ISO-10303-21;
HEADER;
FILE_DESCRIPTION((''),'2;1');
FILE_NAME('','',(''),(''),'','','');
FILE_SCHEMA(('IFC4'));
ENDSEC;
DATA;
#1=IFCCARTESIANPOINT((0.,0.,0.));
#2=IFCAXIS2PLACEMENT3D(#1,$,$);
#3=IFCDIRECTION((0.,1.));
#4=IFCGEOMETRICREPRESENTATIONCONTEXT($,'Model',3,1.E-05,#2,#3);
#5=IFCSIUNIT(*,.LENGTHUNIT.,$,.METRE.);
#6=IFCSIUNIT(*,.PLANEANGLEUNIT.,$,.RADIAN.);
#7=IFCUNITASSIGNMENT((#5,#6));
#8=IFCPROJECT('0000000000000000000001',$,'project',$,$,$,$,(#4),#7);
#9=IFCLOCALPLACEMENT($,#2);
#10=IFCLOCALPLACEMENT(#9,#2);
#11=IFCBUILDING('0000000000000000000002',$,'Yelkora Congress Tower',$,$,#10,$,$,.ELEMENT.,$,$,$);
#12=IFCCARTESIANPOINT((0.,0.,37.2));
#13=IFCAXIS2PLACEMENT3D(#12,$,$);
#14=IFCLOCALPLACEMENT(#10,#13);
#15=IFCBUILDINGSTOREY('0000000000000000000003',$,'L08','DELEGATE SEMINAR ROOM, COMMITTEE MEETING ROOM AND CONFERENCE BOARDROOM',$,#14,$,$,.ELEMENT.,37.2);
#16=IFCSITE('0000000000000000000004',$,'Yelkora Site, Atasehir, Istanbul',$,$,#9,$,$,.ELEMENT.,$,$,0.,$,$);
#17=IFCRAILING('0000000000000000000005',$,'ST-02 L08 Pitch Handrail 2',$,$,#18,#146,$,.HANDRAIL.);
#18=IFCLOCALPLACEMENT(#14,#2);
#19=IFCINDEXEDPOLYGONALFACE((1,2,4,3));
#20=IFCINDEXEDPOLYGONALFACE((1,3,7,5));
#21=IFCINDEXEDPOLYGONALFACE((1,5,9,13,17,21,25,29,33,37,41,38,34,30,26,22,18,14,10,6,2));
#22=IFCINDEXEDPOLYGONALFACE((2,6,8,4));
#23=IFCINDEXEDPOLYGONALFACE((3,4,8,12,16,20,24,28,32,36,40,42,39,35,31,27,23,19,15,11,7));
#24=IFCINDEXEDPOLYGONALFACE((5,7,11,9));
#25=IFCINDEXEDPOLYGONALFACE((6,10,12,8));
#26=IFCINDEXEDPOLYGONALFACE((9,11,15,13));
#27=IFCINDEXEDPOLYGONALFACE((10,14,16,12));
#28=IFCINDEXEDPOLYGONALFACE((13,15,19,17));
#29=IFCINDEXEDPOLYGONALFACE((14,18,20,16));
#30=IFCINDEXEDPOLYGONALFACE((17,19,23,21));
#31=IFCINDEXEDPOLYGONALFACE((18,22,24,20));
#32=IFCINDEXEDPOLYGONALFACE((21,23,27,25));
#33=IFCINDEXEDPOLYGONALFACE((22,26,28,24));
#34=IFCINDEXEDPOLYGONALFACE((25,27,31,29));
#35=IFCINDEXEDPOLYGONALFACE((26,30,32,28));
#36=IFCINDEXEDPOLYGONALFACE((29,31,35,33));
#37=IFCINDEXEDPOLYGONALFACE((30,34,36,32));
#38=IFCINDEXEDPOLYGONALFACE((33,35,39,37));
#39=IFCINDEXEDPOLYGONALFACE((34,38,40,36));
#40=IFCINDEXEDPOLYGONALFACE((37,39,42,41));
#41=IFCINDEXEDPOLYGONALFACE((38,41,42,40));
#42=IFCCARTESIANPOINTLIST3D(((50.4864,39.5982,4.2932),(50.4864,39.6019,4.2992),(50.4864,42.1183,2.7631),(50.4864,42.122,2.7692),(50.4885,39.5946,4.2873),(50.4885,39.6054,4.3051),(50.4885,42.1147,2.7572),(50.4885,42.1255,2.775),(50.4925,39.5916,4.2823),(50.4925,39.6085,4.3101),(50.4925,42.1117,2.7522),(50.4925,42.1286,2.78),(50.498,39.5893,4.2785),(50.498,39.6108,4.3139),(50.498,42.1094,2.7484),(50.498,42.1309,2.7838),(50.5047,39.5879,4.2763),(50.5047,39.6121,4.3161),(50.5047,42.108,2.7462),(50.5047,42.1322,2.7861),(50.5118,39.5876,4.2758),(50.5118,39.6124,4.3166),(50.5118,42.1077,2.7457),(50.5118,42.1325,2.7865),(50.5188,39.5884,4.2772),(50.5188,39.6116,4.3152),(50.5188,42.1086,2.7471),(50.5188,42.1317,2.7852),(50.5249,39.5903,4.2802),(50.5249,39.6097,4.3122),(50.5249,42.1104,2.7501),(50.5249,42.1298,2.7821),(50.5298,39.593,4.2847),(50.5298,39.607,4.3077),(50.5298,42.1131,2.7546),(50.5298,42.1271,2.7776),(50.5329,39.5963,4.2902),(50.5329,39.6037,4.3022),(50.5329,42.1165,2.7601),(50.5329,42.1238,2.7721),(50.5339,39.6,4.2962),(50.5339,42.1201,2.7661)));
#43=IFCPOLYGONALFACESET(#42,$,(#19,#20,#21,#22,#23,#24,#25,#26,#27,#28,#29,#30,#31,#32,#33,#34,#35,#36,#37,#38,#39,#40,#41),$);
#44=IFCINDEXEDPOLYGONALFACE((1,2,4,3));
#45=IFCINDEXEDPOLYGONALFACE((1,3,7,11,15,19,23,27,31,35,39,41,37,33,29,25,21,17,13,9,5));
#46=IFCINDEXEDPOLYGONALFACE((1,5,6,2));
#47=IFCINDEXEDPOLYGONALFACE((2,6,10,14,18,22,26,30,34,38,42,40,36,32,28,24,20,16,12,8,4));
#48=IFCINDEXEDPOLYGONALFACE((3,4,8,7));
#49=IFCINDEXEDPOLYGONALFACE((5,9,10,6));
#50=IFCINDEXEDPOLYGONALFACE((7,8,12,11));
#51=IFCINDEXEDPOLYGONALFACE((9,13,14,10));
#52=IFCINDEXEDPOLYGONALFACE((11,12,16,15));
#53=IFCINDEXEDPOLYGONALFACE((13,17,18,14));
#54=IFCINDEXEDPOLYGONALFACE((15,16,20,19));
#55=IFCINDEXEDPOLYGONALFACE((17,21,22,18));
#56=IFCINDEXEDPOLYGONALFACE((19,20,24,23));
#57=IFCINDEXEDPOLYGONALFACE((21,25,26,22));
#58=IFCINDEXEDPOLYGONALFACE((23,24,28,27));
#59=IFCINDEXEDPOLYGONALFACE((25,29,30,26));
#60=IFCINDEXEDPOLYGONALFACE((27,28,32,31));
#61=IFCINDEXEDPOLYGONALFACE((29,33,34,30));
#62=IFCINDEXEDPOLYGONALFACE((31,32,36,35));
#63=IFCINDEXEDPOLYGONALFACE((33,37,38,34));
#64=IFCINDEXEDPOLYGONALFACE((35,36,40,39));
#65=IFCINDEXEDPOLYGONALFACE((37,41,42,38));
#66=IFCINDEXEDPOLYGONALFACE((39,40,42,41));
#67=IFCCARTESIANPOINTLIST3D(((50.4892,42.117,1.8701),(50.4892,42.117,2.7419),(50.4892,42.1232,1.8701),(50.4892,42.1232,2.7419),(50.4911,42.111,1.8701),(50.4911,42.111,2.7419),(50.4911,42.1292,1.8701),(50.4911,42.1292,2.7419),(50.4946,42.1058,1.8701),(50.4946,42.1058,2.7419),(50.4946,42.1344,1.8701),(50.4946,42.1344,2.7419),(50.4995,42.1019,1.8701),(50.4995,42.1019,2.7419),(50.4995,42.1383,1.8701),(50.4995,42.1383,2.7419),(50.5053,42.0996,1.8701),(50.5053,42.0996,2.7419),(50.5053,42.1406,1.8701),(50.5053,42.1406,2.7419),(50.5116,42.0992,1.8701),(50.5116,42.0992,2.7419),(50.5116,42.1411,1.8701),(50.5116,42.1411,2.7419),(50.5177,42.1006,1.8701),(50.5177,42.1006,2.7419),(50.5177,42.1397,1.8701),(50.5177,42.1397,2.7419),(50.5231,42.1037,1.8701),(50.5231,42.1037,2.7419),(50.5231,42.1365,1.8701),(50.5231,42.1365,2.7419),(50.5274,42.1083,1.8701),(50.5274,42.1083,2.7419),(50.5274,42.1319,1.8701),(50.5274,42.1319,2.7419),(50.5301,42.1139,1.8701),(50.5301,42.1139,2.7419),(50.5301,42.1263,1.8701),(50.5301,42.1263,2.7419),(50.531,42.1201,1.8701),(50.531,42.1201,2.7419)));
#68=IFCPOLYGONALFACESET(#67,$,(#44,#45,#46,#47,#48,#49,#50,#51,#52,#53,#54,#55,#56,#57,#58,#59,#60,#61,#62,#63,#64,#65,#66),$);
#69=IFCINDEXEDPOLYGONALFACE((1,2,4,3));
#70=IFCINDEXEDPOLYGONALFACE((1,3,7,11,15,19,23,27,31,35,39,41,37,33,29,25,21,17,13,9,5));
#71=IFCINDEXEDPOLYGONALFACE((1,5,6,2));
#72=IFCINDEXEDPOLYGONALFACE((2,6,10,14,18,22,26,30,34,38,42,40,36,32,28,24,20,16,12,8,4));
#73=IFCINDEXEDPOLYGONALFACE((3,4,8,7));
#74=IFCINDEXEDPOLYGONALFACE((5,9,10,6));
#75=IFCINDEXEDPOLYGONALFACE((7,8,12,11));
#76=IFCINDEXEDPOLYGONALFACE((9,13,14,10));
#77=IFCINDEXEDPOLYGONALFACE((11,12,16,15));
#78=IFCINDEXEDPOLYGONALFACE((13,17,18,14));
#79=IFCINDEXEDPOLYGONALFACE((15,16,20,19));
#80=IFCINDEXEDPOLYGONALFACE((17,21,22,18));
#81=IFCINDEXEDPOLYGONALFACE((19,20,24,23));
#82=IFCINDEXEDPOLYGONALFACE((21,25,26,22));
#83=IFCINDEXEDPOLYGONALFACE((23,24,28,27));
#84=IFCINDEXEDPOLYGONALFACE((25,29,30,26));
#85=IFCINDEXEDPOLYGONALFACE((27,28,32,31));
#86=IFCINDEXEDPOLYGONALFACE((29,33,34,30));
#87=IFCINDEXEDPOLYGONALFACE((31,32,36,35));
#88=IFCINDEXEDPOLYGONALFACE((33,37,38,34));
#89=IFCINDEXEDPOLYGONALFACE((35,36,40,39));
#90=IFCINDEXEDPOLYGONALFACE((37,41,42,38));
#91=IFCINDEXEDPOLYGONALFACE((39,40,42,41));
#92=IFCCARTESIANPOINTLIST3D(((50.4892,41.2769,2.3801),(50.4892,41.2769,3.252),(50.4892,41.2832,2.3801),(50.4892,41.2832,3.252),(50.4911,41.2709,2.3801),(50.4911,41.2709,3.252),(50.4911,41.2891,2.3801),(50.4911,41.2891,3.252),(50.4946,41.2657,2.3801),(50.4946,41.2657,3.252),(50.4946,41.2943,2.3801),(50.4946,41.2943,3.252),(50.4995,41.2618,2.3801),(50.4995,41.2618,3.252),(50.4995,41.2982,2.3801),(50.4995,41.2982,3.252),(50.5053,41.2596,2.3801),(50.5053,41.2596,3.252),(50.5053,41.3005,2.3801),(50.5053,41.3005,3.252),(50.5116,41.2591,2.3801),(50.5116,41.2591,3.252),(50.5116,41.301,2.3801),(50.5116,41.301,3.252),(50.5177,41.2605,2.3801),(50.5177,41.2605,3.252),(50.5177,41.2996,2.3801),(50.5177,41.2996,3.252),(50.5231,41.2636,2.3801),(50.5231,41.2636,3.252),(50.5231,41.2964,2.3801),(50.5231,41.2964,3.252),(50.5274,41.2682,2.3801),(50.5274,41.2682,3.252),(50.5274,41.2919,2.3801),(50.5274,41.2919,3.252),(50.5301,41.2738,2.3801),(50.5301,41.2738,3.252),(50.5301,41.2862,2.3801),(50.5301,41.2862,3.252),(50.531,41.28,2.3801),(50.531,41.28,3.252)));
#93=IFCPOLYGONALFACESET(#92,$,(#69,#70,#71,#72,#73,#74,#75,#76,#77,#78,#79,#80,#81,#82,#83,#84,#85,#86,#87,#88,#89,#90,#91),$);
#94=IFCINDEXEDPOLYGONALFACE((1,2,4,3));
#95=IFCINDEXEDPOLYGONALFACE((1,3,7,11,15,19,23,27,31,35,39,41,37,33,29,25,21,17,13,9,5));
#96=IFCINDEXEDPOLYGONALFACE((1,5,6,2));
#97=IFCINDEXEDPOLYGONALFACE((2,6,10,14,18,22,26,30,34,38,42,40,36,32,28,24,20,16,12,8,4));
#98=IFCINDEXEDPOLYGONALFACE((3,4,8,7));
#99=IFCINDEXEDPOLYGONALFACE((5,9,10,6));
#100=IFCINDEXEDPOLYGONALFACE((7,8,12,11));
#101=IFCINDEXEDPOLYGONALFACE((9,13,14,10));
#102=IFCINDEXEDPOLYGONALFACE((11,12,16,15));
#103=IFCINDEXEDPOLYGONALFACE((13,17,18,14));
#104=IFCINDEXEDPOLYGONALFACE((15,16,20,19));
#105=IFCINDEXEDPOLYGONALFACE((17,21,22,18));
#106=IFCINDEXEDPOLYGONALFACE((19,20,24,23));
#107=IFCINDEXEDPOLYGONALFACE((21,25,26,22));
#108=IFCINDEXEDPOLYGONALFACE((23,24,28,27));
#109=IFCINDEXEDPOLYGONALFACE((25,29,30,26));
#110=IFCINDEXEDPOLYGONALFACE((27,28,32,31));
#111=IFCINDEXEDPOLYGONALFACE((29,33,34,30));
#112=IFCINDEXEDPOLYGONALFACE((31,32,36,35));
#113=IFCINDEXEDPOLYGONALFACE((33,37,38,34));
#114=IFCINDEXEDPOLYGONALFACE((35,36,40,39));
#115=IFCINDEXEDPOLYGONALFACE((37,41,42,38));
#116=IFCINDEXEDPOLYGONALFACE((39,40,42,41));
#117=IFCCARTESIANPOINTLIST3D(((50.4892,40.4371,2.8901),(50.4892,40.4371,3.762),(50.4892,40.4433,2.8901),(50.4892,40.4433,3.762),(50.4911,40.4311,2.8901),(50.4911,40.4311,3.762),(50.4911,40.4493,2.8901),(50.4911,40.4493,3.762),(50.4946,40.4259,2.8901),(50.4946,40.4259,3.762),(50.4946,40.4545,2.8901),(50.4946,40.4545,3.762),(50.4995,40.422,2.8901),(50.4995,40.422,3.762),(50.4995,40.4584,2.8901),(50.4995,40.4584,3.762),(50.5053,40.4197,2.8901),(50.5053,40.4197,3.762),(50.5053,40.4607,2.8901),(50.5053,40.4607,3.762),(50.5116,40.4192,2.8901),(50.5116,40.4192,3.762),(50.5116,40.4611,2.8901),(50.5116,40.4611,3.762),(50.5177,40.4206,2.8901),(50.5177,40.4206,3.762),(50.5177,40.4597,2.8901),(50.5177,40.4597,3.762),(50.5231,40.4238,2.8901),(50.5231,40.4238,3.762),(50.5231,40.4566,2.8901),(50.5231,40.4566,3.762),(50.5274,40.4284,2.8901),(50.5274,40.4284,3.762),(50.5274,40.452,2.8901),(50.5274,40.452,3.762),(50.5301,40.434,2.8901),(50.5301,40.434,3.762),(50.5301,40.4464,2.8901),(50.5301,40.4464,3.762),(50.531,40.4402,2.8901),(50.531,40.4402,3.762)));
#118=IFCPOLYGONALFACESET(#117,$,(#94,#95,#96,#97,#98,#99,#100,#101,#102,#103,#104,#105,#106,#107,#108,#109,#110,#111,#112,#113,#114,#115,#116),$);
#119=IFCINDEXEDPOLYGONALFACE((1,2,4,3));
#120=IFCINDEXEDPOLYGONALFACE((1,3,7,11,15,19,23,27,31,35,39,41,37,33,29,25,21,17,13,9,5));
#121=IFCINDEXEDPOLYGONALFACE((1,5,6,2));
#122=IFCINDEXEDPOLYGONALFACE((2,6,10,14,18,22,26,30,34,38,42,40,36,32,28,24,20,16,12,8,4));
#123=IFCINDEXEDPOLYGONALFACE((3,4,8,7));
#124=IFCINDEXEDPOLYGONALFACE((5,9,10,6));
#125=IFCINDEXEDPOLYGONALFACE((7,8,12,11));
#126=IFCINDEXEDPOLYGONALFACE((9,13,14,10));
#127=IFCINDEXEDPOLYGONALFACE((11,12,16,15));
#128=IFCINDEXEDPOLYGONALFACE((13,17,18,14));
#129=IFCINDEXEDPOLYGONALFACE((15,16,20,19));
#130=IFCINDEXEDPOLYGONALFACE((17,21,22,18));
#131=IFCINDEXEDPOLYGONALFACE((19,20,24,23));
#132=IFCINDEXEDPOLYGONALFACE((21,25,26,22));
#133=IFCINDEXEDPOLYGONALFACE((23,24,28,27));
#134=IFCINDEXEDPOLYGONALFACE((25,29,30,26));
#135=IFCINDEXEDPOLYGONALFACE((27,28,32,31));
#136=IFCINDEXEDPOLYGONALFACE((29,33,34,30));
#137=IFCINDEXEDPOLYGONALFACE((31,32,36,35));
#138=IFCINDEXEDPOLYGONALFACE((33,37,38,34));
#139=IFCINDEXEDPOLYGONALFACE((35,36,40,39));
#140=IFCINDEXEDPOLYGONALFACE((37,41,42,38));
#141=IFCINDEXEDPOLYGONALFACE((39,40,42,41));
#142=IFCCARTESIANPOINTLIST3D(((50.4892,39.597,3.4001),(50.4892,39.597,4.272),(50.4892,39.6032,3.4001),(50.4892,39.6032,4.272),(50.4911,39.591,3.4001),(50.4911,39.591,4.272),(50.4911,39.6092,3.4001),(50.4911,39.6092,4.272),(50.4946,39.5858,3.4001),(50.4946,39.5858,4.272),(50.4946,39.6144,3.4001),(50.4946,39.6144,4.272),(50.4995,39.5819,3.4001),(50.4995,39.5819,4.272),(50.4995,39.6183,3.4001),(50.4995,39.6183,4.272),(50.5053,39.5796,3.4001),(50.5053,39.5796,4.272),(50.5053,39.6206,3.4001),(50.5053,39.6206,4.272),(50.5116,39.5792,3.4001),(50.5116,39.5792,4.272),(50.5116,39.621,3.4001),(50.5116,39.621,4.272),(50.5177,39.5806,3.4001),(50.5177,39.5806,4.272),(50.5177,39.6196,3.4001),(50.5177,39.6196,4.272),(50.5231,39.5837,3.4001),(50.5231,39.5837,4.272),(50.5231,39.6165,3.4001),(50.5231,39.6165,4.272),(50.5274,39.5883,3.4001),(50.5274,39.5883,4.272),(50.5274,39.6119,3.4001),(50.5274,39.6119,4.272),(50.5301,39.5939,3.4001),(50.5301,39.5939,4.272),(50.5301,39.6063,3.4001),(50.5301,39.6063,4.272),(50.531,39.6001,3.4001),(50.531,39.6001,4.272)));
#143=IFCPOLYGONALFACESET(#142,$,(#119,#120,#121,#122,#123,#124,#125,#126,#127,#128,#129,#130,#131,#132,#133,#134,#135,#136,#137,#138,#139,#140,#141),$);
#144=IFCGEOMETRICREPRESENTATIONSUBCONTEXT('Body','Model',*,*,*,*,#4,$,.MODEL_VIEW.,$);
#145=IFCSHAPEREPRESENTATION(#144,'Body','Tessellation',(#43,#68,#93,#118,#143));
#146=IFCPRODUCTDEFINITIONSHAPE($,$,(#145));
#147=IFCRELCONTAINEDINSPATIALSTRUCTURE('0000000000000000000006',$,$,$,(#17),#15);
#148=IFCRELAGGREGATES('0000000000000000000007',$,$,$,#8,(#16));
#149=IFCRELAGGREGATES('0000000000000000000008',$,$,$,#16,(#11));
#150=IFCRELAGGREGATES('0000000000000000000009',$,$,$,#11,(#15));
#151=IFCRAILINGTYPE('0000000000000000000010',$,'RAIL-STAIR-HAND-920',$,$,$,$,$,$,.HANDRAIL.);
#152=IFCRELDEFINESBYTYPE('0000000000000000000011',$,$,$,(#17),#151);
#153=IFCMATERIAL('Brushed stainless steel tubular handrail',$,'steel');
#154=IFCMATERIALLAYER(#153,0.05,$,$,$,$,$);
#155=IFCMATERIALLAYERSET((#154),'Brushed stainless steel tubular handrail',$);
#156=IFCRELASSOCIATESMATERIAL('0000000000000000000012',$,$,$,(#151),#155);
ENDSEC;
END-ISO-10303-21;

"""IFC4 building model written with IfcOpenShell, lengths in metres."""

from ifc_helpers import new_model, si_unit, direction, frame, origin, origin_2d, place, context, subcontext, project, spatial, circle, extrude, material, layer, layer_set, type_object, element, save


model = new_model("IFC4")

# Units and contexts
model_context = context("Model", 3, precision=1e-05, world=origin(), true_north=direction((0.0, 1.0)))
body_context = subcontext(model_context, "Body", "Model", "MODEL_VIEW")
ifc_project = project(units=[si_unit("LENGTHUNIT", "METRE"), si_unit("PLANEANGLEUNIT", "RADIAN")], contexts=[model_context])

# Site, building, storey
site_placement = place(None, origin())
site = spatial("IfcSite", under=ifc_project, at=site_placement, Name="Yelkora Site, Atasehir, Istanbul", CompositionType="ELEMENT", RefElevation=0.0)
building_placement = place(site_placement, origin())
building = spatial("IfcBuilding", under=site, at=building_placement, Name="Yelkora Congress Tower", CompositionType="ELEMENT")
storey_placement = place(building_placement, frame((0.0, 0.0, 37.2)))
storey = spatial("IfcBuildingStorey", under=building, at=storey_placement, Name="L08", Description="DELEGATE SEMINAR ROOM, COMMITTEE MEETING ROOM AND CONFERENCE BOARDROOM", CompositionType="ELEMENT", Elevation=37.2)

# Railing
ifc_material_1 = material(Name="Brushed stainless steel tubular handrail", Category="steel")
ifc_layer_1 = layer(ifc_material_1, 0.05)
ifc_layer_set_1 = layer_set([ifc_layer_1], Name="Brushed stainless steel tubular handrail")
railing_type_1 = type_object("IfcRailingType", Name="RAIL-STAIR-HAND-920", PredefinedType="HANDRAIL", material=ifc_layer_set_1)
railing_1_placement = place(storey_placement, frame((50.51, 42.1201, 1.8701)))
element("IfcRailing", 1, at=railing_1_placement, inside=storey, type_object=railing_type_1, Name="ST-02 L08 Pitch Handrail 2", PredefinedType="HANDRAIL", context=body_context, shape_type="SweptSolid", body=[
    extrude(circle(Radius=0.0239, at=origin_2d()), frame((0.0, 0.0, 0.896), z_axis=(0.0, -0.854785, 0.518982), x_axis=(1.0, 0.0, 0.0)), (0.0, 0.0, 1.0), 2.9482),
    extrude(circle(Radius=0.021, at=origin_2d()), origin(), (0.0, 0.0, 1.0), 0.8718),
    extrude(circle(Radius=0.021, at=origin_2d()), frame((0.0, -0.8401, 0.51)), (0.0, 0.0, 1.0), 0.8718),
    extrude(circle(Radius=0.021, at=origin_2d()), frame((0.0, -1.6799, 1.02)), (0.0, 0.0, 1.0), 0.8718),
    extrude(circle(Radius=0.021, at=origin_2d()), frame((0.0, -2.52, 1.53)), (0.0, 0.0, 1.0), 0.8718),
])

save(model, "model.ifc")
